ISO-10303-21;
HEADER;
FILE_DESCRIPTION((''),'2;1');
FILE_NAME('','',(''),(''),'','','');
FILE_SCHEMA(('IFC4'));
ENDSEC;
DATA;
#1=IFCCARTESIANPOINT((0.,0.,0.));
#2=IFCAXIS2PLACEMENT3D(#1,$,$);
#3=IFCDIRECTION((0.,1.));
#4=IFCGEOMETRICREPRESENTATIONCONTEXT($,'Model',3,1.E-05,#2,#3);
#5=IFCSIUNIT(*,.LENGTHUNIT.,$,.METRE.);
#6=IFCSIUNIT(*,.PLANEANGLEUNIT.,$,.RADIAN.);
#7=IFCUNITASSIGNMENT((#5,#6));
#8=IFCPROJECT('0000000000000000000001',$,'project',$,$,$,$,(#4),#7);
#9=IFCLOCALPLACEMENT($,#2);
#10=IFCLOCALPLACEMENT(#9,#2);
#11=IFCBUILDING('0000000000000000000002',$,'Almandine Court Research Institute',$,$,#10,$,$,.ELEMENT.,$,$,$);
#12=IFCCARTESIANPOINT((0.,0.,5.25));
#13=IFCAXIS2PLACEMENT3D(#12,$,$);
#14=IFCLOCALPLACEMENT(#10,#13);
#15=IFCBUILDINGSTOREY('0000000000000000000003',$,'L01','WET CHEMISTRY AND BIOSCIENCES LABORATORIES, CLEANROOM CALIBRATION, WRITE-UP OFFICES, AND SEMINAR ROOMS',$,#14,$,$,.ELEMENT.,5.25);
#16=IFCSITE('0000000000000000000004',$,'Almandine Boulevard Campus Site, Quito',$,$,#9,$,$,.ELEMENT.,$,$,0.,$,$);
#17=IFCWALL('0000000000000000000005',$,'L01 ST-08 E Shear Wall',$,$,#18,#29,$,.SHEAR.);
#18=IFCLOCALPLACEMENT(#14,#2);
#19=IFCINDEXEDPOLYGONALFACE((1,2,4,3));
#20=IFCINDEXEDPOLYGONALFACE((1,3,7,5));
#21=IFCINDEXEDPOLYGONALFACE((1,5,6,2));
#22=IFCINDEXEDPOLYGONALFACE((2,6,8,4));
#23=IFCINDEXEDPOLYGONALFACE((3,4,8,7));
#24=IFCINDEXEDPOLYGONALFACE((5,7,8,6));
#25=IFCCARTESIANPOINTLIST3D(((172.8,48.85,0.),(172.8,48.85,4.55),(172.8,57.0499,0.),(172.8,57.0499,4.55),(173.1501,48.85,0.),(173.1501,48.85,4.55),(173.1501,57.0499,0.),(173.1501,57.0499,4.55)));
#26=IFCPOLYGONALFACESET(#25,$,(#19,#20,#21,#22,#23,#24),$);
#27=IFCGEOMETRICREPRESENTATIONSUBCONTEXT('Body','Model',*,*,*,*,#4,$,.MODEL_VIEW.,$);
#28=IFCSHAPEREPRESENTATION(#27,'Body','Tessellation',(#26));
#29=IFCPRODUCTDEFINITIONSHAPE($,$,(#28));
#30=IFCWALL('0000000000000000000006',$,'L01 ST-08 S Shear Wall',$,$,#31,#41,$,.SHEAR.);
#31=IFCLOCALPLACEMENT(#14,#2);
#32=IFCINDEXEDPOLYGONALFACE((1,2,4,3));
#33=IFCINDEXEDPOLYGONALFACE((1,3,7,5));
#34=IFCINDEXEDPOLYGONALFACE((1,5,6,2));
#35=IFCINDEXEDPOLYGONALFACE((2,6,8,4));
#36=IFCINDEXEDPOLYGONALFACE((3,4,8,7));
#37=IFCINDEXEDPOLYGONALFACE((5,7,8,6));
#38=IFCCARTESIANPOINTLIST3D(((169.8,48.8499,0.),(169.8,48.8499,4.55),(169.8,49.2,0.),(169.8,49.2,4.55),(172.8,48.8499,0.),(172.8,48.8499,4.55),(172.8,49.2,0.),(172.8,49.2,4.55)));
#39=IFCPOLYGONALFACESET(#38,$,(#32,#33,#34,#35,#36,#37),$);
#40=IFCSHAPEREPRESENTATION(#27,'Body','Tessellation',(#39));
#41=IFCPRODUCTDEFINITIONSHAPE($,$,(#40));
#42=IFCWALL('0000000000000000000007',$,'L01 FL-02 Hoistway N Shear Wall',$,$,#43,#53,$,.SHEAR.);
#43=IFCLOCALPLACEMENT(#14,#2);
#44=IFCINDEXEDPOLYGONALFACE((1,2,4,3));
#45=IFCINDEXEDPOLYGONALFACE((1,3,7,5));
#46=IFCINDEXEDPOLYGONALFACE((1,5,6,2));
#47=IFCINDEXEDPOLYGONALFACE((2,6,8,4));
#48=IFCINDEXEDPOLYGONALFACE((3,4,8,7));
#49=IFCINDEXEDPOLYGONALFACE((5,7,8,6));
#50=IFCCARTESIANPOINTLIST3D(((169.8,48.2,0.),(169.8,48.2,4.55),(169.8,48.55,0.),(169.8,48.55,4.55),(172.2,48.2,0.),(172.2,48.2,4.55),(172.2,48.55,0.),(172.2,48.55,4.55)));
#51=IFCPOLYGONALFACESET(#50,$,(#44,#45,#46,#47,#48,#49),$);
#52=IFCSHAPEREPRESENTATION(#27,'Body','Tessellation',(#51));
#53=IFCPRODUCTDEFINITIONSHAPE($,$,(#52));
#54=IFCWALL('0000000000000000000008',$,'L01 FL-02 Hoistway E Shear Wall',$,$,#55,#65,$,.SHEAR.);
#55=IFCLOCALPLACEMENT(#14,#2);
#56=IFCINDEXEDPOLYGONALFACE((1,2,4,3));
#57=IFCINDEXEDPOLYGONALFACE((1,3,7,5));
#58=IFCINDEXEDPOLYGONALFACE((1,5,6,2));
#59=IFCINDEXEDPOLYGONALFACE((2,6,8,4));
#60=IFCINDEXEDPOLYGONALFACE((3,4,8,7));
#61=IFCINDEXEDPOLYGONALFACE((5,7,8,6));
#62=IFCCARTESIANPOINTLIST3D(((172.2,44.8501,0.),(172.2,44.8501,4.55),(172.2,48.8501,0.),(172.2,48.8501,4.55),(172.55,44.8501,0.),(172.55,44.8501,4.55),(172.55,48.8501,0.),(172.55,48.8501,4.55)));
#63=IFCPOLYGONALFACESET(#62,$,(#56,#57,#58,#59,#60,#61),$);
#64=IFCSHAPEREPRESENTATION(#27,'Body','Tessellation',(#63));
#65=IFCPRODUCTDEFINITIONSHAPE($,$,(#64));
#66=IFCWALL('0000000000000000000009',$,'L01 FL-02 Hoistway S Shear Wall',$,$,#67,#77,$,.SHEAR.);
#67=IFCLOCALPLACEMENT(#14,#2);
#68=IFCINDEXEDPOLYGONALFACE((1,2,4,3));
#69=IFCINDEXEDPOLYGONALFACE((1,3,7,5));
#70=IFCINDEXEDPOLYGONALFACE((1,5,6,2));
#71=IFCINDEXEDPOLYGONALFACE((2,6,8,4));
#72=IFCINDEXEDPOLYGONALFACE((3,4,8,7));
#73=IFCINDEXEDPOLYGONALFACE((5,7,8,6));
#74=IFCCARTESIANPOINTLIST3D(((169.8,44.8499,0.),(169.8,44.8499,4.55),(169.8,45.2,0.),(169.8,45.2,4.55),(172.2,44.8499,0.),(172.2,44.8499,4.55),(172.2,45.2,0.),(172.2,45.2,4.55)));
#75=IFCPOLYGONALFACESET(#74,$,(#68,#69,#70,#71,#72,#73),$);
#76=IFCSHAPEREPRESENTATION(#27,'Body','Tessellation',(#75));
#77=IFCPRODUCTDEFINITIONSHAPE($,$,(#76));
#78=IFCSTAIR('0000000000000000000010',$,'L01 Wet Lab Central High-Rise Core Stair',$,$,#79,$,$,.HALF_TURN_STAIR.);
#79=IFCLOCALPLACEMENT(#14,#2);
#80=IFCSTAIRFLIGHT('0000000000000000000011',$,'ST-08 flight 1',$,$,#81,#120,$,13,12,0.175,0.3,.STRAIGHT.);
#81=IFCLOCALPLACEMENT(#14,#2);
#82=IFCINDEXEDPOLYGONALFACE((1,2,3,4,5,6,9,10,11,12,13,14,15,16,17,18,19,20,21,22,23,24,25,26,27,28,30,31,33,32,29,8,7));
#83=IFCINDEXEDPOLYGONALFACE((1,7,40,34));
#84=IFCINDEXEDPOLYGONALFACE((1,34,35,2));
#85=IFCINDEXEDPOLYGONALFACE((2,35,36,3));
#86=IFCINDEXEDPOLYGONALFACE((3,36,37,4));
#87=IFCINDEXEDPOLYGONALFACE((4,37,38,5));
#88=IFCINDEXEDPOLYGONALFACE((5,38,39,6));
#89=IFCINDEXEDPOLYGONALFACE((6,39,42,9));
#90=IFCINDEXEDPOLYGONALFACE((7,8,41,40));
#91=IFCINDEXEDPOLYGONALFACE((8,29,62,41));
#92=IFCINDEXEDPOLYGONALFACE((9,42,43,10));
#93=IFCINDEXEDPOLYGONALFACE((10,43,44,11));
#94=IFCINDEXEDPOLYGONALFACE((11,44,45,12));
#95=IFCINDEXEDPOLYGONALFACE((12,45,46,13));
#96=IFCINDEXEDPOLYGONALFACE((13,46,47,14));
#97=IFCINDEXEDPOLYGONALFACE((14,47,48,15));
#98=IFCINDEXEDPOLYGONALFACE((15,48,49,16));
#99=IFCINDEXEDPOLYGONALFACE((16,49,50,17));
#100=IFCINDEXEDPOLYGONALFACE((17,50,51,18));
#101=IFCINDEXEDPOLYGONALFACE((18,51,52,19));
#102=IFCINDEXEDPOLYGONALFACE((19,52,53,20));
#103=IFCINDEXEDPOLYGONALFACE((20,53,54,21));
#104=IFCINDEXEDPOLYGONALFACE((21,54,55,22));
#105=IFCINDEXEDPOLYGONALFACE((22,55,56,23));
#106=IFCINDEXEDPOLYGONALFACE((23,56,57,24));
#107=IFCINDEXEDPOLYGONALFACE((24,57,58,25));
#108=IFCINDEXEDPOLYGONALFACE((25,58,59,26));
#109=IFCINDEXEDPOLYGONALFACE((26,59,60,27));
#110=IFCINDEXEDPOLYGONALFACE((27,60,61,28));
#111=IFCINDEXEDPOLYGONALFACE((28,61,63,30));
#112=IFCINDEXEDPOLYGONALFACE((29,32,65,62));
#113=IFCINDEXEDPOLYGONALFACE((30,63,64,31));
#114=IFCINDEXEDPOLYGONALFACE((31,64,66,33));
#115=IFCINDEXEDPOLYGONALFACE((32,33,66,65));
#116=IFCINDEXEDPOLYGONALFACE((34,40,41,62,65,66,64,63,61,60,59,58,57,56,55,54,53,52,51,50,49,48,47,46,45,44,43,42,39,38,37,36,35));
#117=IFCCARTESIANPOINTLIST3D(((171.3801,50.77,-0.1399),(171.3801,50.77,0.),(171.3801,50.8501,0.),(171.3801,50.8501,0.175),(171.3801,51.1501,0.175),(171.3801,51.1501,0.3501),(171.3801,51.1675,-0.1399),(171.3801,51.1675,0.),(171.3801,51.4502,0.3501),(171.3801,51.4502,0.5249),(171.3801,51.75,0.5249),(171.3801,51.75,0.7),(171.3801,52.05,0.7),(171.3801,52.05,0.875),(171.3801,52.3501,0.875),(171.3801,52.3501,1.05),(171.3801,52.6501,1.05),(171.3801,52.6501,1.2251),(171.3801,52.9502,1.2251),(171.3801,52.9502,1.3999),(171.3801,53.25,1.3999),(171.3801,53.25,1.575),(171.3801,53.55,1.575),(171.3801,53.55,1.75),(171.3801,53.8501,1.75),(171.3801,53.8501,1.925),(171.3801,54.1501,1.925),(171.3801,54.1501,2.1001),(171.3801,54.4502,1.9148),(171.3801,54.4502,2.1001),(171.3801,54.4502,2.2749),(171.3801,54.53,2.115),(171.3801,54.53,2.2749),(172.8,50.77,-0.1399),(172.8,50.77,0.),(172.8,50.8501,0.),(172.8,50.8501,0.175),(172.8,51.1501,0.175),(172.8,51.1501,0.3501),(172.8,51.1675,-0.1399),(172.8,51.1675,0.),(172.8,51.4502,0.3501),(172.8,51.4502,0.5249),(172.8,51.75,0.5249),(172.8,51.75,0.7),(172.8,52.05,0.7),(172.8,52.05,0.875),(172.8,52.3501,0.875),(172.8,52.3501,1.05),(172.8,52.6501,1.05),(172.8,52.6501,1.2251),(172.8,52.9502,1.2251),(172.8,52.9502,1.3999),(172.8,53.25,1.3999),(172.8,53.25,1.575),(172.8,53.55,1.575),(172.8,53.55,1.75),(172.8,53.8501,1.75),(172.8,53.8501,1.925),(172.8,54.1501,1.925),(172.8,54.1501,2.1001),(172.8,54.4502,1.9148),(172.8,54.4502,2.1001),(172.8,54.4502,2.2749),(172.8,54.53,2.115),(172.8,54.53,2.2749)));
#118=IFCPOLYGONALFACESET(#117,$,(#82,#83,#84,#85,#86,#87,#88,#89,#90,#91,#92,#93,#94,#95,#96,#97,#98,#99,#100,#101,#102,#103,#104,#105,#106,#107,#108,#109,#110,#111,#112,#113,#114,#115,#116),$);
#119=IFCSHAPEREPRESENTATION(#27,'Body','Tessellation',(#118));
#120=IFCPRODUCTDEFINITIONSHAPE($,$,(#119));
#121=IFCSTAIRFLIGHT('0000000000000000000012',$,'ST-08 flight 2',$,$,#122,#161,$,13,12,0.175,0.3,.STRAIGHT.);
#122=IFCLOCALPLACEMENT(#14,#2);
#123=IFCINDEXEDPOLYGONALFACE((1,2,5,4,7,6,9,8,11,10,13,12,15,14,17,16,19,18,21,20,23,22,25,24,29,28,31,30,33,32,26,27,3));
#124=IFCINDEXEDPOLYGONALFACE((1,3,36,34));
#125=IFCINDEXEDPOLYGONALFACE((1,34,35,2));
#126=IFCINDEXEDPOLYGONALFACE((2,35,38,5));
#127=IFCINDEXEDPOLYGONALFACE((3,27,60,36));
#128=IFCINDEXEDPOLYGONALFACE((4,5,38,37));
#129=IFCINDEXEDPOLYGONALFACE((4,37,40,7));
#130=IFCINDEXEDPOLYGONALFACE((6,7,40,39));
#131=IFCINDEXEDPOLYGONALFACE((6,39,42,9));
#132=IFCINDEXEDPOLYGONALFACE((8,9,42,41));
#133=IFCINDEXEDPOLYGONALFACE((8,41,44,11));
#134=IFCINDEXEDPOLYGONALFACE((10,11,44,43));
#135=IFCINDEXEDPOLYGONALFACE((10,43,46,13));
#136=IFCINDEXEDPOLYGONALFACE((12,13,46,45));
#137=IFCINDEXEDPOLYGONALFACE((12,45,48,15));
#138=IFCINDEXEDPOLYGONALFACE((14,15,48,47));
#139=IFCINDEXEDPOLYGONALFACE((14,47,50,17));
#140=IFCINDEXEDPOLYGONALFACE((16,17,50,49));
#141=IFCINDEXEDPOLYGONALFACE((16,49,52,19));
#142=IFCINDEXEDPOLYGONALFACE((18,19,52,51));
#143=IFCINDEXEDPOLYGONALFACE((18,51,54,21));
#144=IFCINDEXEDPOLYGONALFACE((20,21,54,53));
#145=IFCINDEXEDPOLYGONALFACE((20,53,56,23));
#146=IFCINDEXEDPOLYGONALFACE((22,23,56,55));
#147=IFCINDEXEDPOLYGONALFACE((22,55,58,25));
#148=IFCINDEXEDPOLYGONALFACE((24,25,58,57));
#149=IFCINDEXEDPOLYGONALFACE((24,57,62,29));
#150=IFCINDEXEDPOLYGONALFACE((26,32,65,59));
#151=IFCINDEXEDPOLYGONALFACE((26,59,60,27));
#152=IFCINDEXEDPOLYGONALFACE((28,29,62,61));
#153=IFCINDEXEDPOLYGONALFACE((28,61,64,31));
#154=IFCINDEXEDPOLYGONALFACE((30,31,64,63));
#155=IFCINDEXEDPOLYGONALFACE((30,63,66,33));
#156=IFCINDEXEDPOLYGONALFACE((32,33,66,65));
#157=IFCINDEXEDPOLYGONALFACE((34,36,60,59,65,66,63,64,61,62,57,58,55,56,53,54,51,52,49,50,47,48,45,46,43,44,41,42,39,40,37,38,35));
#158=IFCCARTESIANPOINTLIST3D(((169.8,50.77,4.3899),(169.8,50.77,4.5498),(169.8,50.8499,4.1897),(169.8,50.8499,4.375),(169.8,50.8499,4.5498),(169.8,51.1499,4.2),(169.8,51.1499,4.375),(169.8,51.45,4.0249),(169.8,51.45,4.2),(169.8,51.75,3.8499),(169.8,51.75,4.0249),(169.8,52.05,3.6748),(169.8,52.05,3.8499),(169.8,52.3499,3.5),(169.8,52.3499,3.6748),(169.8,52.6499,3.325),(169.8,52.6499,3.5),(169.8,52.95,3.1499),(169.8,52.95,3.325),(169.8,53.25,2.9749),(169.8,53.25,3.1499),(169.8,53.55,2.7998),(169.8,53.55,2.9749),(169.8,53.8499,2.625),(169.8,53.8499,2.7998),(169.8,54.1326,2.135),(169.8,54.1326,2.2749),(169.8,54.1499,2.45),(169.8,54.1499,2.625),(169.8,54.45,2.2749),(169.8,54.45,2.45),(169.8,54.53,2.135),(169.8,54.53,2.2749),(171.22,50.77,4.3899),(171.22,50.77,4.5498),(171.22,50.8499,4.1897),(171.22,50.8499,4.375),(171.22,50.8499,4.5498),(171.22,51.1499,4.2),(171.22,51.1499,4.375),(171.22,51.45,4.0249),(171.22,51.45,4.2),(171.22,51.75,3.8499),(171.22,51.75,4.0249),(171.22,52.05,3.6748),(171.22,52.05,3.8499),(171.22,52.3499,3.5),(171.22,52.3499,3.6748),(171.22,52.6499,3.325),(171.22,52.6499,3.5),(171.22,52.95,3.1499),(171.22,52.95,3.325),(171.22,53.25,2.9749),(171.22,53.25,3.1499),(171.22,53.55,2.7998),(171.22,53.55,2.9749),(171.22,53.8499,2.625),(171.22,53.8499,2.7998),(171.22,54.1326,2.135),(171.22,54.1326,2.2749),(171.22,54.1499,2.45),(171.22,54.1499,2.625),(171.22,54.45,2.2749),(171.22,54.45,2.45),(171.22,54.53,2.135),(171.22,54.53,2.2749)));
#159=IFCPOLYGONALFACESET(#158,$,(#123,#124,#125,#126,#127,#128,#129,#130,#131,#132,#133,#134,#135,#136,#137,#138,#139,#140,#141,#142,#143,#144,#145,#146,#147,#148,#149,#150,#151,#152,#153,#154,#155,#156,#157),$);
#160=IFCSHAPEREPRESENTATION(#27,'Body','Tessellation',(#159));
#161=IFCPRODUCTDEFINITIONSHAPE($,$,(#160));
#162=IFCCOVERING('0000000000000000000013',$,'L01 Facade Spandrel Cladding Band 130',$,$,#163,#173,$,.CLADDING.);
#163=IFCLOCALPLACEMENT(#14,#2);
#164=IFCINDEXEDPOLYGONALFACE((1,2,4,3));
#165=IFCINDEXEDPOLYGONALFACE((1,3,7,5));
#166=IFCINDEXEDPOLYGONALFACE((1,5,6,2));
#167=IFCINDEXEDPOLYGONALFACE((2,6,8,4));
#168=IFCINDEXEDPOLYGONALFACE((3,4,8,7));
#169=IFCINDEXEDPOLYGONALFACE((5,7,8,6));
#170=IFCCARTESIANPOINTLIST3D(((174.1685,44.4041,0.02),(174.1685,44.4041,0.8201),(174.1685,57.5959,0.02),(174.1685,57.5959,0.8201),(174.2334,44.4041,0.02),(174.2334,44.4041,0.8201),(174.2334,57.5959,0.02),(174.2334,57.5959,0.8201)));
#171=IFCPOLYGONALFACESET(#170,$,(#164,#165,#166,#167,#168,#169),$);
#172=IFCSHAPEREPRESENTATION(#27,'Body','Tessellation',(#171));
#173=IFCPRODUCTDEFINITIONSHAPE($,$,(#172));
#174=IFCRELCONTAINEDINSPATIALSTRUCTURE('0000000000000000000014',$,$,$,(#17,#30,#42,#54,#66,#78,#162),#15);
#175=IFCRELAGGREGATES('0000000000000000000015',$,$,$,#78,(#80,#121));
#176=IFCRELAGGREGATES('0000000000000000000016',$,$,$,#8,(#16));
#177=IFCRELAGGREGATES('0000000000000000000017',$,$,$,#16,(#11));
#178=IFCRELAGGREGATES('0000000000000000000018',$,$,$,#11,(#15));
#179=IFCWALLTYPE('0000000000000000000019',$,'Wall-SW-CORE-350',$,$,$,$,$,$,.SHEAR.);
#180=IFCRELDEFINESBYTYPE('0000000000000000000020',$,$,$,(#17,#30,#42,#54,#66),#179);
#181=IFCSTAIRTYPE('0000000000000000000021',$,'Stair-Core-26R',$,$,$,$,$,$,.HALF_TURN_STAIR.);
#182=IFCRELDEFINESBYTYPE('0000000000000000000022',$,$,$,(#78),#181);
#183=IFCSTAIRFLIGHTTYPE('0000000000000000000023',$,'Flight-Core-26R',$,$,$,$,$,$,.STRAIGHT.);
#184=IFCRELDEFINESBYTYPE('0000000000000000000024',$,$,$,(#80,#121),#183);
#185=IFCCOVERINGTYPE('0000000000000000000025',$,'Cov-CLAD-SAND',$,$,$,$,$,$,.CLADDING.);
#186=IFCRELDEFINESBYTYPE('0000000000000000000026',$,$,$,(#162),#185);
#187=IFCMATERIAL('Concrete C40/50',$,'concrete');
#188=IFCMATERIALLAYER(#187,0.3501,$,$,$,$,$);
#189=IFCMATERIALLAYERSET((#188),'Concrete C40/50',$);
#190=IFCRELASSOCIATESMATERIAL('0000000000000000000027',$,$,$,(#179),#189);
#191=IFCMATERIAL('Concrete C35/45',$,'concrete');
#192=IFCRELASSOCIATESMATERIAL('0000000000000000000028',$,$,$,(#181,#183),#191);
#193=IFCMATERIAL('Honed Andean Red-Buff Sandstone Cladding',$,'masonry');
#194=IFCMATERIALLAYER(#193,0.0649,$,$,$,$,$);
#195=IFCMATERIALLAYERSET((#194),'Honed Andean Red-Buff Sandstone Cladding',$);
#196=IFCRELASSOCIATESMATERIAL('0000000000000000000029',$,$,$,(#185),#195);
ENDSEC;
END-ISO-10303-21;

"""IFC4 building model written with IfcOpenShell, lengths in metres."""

from ifc_helpers import new_model, si_unit, direction, frame, frame_2d, origin, origin_2d, place, context, subcontext, project, spatial, polyline, rectangle, outline, extrude, material, layer, layer_set, type_object, element, aggregate, save


model = new_model("IFC4")

# Units and contexts
model_context = context("Model", 3, precision=1e-05, world=origin(), true_north=direction((0.0, 1.0)))
body_context = subcontext(model_context, "Body", "Model", "MODEL_VIEW")
ifc_project = project(units=[si_unit("LENGTHUNIT", "METRE"), si_unit("PLANEANGLEUNIT", "RADIAN")], contexts=[model_context])

# Site, building, storey
site_placement = place(None, origin())
site = spatial("IfcSite", under=ifc_project, at=site_placement, Name="Almandine Boulevard Campus Site, Quito", CompositionType="ELEMENT", RefElevation=0.0)
building_placement = place(site_placement, origin())
building = spatial("IfcBuilding", under=site, at=building_placement, Name="Almandine Court Research Institute", CompositionType="ELEMENT")
storey_placement = place(building_placement, frame((0.0, 0.0, 5.25)))
storey = spatial("IfcBuildingStorey", under=building, at=storey_placement, Name="L01", Description="WET CHEMISTRY AND BIOSCIENCES LABORATORIES, CLEANROOM CALIBRATION, WRITE-UP OFFICES, AND SEMINAR ROOMS", CompositionType="ELEMENT", Elevation=5.25)

# Shared definitions
ifc_material_1 = material(Name="Concrete C40/50", Category="concrete")
ifc_layer_1 = layer(ifc_material_1, 0.3501)
ifc_layer_set_1 = layer_set([ifc_layer_1], Name="Concrete C40/50")
wall_type_1 = type_object("IfcWallType", Name="Wall-SW-CORE-350", PredefinedType="SHEAR", material=ifc_layer_set_1)

# Walls
wall_1_placement = place(storey_placement, frame((172.9751, 57.05, 0.0), z_axis=(0.0, 0.0, 1.0), x_axis=(0.0, -1.0, 0.0)))
element("IfcWall", 1, at=wall_1_placement, inside=storey, type_object=wall_type_1, Name="L01 ST-08 E Shear Wall", PredefinedType="SHEAR", context=body_context, shape_type="SweptSolid", body=[
    extrude(rectangle(XDim=8.2, YDim=0.3501, at=frame_2d((4.1001, 0.0))), origin(), (0.0, 0.0, 1.0), 4.55),
])
wall_2_placement = place(storey_placement, frame((172.8, 49.0249, 0.0), z_axis=(0.0, 0.0, 1.0), x_axis=(-1.0, 0.0, 0.0)))
element("IfcWall", 2, at=wall_2_placement, inside=storey, type_object=wall_type_1, Name="L01 ST-08 S Shear Wall", PredefinedType="SHEAR", context=body_context, shape_type="SweptSolid", body=[
    extrude(rectangle(XDim=3.0, YDim=0.3501, at=frame_2d((1.5, 0.0))), origin(), (0.0, 0.0, 1.0), 4.55),
])

# Walls
wall_3_placement = place(storey_placement, frame((169.8, 48.375, 0.0), z_axis=(0.0, 0.0, 1.0), x_axis=(1.0, 0.0, 0.0)))
element("IfcWall", 3, at=wall_3_placement, inside=storey, type_object=wall_type_1, Name="L01 FL-02 Hoistway N Shear Wall", PredefinedType="SHEAR", context=body_context, shape_type="SweptSolid", body=[
    extrude(rectangle(XDim=2.3999, YDim=0.3501, at=frame_2d((1.2, 0.0))), origin(), (0.0, 0.0, 1.0), 4.55),
])
wall_4_placement = place(storey_placement, frame((172.375, 48.8501, 0.0), z_axis=(0.0, 0.0, 1.0), x_axis=(0.0, -1.0, 0.0)))
element("IfcWall", 4, at=wall_4_placement, inside=storey, type_object=wall_type_1, Name="L01 FL-02 Hoistway E Shear Wall", PredefinedType="SHEAR", context=body_context, shape_type="SweptSolid", body=[
    extrude(rectangle(XDim=4.0, YDim=0.3501, at=frame_2d((2.0, 0.0))), origin(), (0.0, 0.0, 1.0), 4.55),
])
wall_5_placement = place(storey_placement, frame((172.2, 45.0249, 0.0), z_axis=(0.0, 0.0, 1.0), x_axis=(-1.0, 0.0, 0.0)))
element("IfcWall", 5, at=wall_5_placement, inside=storey, type_object=wall_type_1, Name="L01 FL-02 Hoistway S Shear Wall", PredefinedType="SHEAR", context=body_context, shape_type="SweptSolid", body=[
    extrude(rectangle(XDim=2.3999, YDim=0.3501, at=frame_2d((1.2, 0.0))), origin(), (0.0, 0.0, 1.0), 4.55),
])

# Stair, stair flights
ifc_material_2 = material(Name="Concrete C35/45", Category="concrete")
stair_type = type_object("IfcStairType", Name="Stair-Core-26R", PredefinedType="HALF_TURN_STAIR", material=ifc_material_2)
stair_placement = place(storey_placement, origin())
stair = element("IfcStair", 6, at=stair_placement, inside=storey, type_object=stair_type, Name="L01 Wet Lab Central High-Rise Core Stair", PredefinedType="HALF_TURN_STAIR")
stair_flight_type = type_object("IfcStairFlightType", Name="Flight-Core-26R", PredefinedType="STRAIGHT", material=ifc_material_2)
stair_flight_1_placement = place(storey_placement, frame((172.0901, 50.8501, 0.0), z_axis=(0.0, 0.0, 1.0), x_axis=(0.0, 1.0, 0.0)))
stair_flight_1 = element("IfcStairFlight", 7, at=stair_flight_1_placement, type_object=stair_flight_type, Name="ST-08 flight 1", NumberOfRisers=13, NumberOfTreads=12, PredefinedType="STRAIGHT", RiserHeight=0.175, TreadLength=0.3, context=body_context, shape_type="SweptSolid", body=[
    extrude(outline(polyline([(-0.0801, -0.1399), (-0.0801, 0.0), (0.0, 0.0), (0.0, 0.175), (0.3, 0.175), (0.3, 0.3501), (0.6001, 0.3501), (0.6001, 0.5249), (0.8999, 0.5249), (0.8999, 0.7), (1.2, 0.7), (1.2, 0.875), (1.5, 0.875), (1.5, 1.05), (1.8, 1.05), (1.8, 1.2251), (2.1001, 1.2251), (2.1001, 1.3999), (2.3999, 1.3999), (2.3999, 1.575), (2.7, 1.575), (2.7, 1.75), (3.0, 1.75), (3.0, 1.925), (3.3, 1.925), (3.3, 2.1001), (3.6001, 2.1001), (3.6001, 2.2749), (3.6799, 2.2749), (3.6799, 2.115), (3.6001, 1.9148), (0.3174, 0.0), (0.3174, -0.1399), (-0.0801, -0.1399)])), frame((0.0, 0.71, 0.0), z_axis=(0.0, -1.0, 0.0), x_axis=(1.0, 0.0, 0.0)), (0.0, 0.0, 1.0), 1.4199),
])
stair_flight_2_placement = place(storey_placement, frame((170.51, 54.45, 2.2749), z_axis=(0.0, 0.0, 1.0), x_axis=(0.0, -1.0, 0.0)))
stair_flight_2 = element("IfcStairFlight", 8, at=stair_flight_2_placement, type_object=stair_flight_type, Name="ST-08 flight 2", NumberOfRisers=13, NumberOfTreads=12, PredefinedType="STRAIGHT", RiserHeight=0.175, TreadLength=0.3, context=body_context, shape_type="SweptSolid", body=[
    extrude(outline(polyline([(-0.0801, -0.1399), (-0.0801, 0.0), (0.0, 0.0), (0.0, 0.175), (0.3, 0.175), (0.3, 0.3501), (0.6001, 0.3501), (0.6001, 0.5249), (0.8999, 0.5249), (0.8999, 0.7), (1.2, 0.7), (1.2, 0.875), (1.5, 0.875), (1.5, 1.05), (1.8, 1.05), (1.8, 1.2251), (2.1001, 1.2251), (2.1001, 1.3999), (2.3999, 1.3999), (2.3999, 1.575), (2.7, 1.575), (2.7, 1.75), (3.0, 1.75), (3.0, 1.925), (3.3, 1.925), (3.3, 2.1001), (3.6001, 2.1001), (3.6001, 2.2749), (3.6799, 2.2749), (3.6799, 2.115), (3.6001, 1.9148), (0.3174, 0.0), (0.3174, -0.1399), (-0.0801, -0.1399)])), frame((0.0, 0.71, 0.0), z_axis=(0.0, -1.0, 0.0), x_axis=(1.0, 0.0, 0.0)), (0.0, 0.0, 1.0), 1.4199),
])
aggregate(stair, [stair_flight_1, stair_flight_2])

# Covering
ifc_material_3 = material(Name="Honed Andean Red-Buff Sandstone Cladding", Category="masonry")
ifc_layer_2 = layer(ifc_material_3, 0.0649)
ifc_layer_set_2 = layer_set([ifc_layer_2], Name="Honed Andean Red-Buff Sandstone Cladding")
covering_type = type_object("IfcCoveringType", Name="Cov-CLAD-SAND", PredefinedType="CLADDING", material=ifc_layer_set_2)
covering_placement = place(storey_placement, frame((174.2009, 51.0, 0.02), z_axis=(0.0, 0.0, 1.0), x_axis=(0.0, -1.0, 0.0)))
element("IfcCovering", 9, at=covering_placement, inside=storey, type_object=covering_type, Name="L01 Facade Spandrel Cladding Band 130", PredefinedType="CLADDING", context=body_context, shape_type="SweptSolid", body=[
    extrude(rectangle(XDim=13.1919, YDim=0.0649, at=origin_2d()), origin(), (0.0, 0.0, 1.0), 0.8),
])

save(model, "model.ifc")
